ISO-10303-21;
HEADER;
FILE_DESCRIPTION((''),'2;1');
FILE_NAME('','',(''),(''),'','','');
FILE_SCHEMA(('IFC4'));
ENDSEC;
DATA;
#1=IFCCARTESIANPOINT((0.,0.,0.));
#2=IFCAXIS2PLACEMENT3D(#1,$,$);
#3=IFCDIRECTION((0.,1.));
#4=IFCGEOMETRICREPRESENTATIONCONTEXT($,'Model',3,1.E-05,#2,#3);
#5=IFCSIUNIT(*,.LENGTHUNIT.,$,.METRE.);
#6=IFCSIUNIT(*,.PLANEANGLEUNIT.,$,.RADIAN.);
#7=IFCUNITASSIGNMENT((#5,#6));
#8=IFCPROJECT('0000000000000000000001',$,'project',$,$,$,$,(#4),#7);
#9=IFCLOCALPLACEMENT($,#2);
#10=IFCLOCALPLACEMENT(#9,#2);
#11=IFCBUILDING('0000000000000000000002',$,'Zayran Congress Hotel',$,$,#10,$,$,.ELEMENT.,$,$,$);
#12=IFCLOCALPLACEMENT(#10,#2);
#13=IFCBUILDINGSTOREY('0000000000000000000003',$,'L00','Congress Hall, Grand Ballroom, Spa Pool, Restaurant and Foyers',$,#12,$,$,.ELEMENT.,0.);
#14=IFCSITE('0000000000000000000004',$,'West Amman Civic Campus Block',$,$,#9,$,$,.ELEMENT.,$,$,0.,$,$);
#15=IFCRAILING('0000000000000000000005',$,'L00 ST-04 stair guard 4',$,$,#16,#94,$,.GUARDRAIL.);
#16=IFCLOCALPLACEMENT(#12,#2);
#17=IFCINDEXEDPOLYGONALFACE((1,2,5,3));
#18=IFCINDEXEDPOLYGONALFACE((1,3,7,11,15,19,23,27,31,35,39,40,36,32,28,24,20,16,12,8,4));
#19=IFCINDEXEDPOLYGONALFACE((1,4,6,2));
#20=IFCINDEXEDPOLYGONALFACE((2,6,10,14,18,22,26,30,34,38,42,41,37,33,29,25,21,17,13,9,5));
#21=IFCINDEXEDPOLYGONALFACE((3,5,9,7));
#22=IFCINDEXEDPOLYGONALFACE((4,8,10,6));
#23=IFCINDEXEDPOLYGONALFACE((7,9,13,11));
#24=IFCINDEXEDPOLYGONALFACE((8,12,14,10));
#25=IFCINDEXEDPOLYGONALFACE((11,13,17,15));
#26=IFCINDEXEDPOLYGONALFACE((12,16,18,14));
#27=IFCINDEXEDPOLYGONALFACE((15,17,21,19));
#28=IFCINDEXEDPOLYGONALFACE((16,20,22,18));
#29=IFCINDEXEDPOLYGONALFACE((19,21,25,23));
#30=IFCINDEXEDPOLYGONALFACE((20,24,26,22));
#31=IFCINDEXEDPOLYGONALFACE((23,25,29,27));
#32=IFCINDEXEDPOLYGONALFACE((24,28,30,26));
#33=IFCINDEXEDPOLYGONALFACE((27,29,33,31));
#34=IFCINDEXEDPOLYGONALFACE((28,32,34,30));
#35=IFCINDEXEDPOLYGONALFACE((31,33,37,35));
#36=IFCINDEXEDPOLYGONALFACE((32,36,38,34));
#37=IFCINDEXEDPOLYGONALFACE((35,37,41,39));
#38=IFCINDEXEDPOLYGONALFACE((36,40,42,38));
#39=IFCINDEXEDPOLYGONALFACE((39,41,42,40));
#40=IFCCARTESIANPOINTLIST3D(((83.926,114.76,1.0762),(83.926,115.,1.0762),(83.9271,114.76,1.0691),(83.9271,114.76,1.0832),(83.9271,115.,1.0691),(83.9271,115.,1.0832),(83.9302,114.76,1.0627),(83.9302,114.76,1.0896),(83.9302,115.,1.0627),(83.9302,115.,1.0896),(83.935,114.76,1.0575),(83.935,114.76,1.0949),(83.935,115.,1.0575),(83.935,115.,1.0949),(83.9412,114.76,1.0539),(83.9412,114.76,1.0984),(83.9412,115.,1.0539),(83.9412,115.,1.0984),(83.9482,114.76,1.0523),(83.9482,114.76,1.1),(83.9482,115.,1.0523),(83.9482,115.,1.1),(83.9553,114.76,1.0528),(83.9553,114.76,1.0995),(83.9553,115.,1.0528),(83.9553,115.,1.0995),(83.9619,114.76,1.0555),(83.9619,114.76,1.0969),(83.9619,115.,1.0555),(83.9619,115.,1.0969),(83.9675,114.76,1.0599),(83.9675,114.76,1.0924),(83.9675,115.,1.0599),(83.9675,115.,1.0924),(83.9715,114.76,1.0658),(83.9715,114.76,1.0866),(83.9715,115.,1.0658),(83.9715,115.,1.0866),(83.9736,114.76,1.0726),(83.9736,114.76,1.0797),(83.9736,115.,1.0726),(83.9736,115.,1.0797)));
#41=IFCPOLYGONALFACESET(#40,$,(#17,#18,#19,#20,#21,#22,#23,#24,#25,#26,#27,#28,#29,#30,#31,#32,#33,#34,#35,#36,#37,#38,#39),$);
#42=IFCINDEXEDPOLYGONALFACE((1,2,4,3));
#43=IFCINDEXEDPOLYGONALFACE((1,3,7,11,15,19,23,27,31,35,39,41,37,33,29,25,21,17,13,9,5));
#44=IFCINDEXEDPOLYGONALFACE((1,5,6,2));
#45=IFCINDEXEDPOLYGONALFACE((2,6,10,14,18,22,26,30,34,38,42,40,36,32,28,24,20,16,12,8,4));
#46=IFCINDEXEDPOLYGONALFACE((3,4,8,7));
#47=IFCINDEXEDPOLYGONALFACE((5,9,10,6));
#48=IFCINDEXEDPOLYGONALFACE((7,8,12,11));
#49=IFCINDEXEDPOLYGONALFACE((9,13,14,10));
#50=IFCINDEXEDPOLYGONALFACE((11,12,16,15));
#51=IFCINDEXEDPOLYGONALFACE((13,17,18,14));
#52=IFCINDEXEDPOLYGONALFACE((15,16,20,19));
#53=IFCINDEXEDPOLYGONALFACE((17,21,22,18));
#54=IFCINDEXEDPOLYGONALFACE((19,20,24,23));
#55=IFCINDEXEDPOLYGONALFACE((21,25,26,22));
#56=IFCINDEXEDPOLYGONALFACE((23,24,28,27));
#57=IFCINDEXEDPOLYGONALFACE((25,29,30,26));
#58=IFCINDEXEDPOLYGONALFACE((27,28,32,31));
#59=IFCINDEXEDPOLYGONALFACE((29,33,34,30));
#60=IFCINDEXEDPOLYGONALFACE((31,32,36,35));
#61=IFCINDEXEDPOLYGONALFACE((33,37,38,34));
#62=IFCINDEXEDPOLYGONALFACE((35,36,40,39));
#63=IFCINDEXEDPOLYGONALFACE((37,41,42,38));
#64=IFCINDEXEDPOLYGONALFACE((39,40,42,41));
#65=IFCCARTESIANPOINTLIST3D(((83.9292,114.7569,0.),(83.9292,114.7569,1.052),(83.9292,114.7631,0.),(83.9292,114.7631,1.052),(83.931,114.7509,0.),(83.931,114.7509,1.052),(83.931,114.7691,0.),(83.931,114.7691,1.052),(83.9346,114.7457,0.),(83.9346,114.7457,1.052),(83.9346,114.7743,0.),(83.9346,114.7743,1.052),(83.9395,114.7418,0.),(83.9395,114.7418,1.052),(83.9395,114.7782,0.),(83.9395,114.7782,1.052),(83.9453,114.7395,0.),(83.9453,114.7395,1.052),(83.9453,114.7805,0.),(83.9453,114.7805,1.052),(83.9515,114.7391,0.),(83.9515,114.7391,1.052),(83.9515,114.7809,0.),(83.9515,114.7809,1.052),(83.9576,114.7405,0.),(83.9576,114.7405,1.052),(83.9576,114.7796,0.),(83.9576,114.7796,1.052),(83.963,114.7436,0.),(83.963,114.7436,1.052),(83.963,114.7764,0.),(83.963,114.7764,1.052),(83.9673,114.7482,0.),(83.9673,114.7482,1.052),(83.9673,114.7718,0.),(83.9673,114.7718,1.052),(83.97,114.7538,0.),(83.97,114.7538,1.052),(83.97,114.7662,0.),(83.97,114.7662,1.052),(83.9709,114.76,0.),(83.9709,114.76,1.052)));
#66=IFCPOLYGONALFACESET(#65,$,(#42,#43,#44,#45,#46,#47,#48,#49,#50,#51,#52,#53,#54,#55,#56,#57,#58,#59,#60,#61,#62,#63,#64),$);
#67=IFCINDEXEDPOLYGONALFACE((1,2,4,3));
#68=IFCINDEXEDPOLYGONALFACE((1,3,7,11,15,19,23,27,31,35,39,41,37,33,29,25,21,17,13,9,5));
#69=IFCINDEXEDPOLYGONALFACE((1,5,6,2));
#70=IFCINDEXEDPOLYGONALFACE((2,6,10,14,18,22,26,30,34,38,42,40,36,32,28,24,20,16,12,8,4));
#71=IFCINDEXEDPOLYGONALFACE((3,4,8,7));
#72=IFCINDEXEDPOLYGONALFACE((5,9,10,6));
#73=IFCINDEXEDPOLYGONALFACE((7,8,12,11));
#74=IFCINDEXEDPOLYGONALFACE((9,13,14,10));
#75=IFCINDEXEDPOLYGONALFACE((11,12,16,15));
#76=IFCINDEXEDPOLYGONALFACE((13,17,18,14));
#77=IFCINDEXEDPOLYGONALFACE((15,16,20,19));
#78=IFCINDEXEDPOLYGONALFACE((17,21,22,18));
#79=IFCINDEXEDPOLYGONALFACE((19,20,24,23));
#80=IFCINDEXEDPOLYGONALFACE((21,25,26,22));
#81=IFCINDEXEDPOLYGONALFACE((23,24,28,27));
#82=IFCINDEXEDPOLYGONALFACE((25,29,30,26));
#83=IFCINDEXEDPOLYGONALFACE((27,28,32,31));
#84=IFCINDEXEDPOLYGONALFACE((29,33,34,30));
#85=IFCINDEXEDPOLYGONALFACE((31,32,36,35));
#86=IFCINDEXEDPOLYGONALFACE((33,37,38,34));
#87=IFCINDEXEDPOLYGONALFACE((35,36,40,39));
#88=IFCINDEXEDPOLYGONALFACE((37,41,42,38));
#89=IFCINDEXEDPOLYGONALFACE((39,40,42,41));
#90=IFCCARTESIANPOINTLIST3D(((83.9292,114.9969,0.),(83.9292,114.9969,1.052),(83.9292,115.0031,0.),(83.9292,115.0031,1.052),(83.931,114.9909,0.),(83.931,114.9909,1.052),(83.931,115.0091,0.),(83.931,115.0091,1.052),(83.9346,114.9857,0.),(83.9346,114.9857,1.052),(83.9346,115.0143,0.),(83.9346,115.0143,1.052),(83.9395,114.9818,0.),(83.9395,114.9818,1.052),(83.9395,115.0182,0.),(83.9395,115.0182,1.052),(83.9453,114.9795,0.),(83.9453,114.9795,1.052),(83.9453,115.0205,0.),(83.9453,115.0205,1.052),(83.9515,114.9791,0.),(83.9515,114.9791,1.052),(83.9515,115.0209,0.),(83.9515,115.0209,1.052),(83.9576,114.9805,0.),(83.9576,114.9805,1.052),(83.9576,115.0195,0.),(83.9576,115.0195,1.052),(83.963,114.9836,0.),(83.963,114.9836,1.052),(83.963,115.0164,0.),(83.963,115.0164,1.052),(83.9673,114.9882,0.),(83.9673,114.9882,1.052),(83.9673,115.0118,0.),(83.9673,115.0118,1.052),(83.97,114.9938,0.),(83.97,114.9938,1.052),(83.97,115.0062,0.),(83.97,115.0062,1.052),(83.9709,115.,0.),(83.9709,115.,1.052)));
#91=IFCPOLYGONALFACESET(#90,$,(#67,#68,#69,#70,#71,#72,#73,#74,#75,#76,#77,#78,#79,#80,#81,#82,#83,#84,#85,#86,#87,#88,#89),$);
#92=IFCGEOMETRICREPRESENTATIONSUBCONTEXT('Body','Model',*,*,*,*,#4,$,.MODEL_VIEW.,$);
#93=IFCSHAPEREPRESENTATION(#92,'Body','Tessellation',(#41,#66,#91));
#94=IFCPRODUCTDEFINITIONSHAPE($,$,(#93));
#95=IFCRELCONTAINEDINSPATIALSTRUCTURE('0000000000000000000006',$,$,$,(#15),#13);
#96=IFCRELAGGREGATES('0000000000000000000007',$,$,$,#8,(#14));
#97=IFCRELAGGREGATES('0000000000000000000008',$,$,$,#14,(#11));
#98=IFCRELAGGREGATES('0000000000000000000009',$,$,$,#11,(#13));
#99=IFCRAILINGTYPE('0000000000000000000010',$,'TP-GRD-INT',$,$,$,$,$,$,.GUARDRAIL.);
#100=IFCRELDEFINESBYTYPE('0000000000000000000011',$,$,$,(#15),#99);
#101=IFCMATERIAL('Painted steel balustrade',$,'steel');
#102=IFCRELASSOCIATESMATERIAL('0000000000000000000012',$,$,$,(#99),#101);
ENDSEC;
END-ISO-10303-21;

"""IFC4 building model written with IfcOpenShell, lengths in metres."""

from ifc_helpers import new_model, si_unit, direction, frame, origin, origin_2d, place, context, subcontext, project, spatial, circle, extrude, material, type_object, element, save


model = new_model("IFC4")

# Units and contexts
model_context = context("Model", 3, precision=1e-05, world=origin(), true_north=direction((0.0, 1.0)))
body_context = subcontext(model_context, "Body", "Model", "MODEL_VIEW")
ifc_project = project(units=[si_unit("LENGTHUNIT", "METRE"), si_unit("PLANEANGLEUNIT", "RADIAN")], contexts=[model_context])

# Site, building, storey
site_placement = place(None, origin())
site = spatial("IfcSite", under=ifc_project, at=site_placement, Name="West Amman Civic Campus Block", CompositionType="ELEMENT", RefElevation=0.0)
building_placement = place(site_placement, origin())
building = spatial("IfcBuilding", under=site, at=building_placement, Name="Zayran Congress Hotel", CompositionType="ELEMENT")
storey_placement = place(building_placement, origin())
storey = spatial("IfcBuildingStorey", under=building, at=storey_placement, Name="L00", Description="Congress Hall, Grand Ballroom, Spa Pool, Restaurant and Foyers", CompositionType="ELEMENT", Elevation=0.0)

# Railing
ifc_material_1 = material(Name="Painted steel balustrade", Category="steel")
railing_type_1 = type_object("IfcRailingType", Name="TP-GRD-INT", PredefinedType="GUARDRAIL", material=ifc_material_1)
railing_1_placement = place(storey_placement, frame((83.95, 114.76, 0.0)))
element("IfcRailing", 1, at=railing_1_placement, inside=storey, type_object=railing_type_1, Name="L00 ST-04 stair guard 4", PredefinedType="GUARDRAIL", context=body_context, shape_type="SweptSolid", body=[
    extrude(circle(Radius=0.0239, at=origin_2d()), frame((0.0, 0.0, 1.0762), z_axis=(0.0, 1.0, 0.0), x_axis=(-1.0, 0.0, 0.0)), (0.0, 0.0, 1.0), 0.24),
    extrude(circle(Radius=0.021, at=origin_2d()), origin(), (0.0, 0.0, 1.0), 1.052),
    extrude(circle(Radius=0.021, at=origin_2d()), frame((0.0, 0.24, 0.0)), (0.0, 0.0, 1.0), 1.052),
])

save(model, "model.ifc")
